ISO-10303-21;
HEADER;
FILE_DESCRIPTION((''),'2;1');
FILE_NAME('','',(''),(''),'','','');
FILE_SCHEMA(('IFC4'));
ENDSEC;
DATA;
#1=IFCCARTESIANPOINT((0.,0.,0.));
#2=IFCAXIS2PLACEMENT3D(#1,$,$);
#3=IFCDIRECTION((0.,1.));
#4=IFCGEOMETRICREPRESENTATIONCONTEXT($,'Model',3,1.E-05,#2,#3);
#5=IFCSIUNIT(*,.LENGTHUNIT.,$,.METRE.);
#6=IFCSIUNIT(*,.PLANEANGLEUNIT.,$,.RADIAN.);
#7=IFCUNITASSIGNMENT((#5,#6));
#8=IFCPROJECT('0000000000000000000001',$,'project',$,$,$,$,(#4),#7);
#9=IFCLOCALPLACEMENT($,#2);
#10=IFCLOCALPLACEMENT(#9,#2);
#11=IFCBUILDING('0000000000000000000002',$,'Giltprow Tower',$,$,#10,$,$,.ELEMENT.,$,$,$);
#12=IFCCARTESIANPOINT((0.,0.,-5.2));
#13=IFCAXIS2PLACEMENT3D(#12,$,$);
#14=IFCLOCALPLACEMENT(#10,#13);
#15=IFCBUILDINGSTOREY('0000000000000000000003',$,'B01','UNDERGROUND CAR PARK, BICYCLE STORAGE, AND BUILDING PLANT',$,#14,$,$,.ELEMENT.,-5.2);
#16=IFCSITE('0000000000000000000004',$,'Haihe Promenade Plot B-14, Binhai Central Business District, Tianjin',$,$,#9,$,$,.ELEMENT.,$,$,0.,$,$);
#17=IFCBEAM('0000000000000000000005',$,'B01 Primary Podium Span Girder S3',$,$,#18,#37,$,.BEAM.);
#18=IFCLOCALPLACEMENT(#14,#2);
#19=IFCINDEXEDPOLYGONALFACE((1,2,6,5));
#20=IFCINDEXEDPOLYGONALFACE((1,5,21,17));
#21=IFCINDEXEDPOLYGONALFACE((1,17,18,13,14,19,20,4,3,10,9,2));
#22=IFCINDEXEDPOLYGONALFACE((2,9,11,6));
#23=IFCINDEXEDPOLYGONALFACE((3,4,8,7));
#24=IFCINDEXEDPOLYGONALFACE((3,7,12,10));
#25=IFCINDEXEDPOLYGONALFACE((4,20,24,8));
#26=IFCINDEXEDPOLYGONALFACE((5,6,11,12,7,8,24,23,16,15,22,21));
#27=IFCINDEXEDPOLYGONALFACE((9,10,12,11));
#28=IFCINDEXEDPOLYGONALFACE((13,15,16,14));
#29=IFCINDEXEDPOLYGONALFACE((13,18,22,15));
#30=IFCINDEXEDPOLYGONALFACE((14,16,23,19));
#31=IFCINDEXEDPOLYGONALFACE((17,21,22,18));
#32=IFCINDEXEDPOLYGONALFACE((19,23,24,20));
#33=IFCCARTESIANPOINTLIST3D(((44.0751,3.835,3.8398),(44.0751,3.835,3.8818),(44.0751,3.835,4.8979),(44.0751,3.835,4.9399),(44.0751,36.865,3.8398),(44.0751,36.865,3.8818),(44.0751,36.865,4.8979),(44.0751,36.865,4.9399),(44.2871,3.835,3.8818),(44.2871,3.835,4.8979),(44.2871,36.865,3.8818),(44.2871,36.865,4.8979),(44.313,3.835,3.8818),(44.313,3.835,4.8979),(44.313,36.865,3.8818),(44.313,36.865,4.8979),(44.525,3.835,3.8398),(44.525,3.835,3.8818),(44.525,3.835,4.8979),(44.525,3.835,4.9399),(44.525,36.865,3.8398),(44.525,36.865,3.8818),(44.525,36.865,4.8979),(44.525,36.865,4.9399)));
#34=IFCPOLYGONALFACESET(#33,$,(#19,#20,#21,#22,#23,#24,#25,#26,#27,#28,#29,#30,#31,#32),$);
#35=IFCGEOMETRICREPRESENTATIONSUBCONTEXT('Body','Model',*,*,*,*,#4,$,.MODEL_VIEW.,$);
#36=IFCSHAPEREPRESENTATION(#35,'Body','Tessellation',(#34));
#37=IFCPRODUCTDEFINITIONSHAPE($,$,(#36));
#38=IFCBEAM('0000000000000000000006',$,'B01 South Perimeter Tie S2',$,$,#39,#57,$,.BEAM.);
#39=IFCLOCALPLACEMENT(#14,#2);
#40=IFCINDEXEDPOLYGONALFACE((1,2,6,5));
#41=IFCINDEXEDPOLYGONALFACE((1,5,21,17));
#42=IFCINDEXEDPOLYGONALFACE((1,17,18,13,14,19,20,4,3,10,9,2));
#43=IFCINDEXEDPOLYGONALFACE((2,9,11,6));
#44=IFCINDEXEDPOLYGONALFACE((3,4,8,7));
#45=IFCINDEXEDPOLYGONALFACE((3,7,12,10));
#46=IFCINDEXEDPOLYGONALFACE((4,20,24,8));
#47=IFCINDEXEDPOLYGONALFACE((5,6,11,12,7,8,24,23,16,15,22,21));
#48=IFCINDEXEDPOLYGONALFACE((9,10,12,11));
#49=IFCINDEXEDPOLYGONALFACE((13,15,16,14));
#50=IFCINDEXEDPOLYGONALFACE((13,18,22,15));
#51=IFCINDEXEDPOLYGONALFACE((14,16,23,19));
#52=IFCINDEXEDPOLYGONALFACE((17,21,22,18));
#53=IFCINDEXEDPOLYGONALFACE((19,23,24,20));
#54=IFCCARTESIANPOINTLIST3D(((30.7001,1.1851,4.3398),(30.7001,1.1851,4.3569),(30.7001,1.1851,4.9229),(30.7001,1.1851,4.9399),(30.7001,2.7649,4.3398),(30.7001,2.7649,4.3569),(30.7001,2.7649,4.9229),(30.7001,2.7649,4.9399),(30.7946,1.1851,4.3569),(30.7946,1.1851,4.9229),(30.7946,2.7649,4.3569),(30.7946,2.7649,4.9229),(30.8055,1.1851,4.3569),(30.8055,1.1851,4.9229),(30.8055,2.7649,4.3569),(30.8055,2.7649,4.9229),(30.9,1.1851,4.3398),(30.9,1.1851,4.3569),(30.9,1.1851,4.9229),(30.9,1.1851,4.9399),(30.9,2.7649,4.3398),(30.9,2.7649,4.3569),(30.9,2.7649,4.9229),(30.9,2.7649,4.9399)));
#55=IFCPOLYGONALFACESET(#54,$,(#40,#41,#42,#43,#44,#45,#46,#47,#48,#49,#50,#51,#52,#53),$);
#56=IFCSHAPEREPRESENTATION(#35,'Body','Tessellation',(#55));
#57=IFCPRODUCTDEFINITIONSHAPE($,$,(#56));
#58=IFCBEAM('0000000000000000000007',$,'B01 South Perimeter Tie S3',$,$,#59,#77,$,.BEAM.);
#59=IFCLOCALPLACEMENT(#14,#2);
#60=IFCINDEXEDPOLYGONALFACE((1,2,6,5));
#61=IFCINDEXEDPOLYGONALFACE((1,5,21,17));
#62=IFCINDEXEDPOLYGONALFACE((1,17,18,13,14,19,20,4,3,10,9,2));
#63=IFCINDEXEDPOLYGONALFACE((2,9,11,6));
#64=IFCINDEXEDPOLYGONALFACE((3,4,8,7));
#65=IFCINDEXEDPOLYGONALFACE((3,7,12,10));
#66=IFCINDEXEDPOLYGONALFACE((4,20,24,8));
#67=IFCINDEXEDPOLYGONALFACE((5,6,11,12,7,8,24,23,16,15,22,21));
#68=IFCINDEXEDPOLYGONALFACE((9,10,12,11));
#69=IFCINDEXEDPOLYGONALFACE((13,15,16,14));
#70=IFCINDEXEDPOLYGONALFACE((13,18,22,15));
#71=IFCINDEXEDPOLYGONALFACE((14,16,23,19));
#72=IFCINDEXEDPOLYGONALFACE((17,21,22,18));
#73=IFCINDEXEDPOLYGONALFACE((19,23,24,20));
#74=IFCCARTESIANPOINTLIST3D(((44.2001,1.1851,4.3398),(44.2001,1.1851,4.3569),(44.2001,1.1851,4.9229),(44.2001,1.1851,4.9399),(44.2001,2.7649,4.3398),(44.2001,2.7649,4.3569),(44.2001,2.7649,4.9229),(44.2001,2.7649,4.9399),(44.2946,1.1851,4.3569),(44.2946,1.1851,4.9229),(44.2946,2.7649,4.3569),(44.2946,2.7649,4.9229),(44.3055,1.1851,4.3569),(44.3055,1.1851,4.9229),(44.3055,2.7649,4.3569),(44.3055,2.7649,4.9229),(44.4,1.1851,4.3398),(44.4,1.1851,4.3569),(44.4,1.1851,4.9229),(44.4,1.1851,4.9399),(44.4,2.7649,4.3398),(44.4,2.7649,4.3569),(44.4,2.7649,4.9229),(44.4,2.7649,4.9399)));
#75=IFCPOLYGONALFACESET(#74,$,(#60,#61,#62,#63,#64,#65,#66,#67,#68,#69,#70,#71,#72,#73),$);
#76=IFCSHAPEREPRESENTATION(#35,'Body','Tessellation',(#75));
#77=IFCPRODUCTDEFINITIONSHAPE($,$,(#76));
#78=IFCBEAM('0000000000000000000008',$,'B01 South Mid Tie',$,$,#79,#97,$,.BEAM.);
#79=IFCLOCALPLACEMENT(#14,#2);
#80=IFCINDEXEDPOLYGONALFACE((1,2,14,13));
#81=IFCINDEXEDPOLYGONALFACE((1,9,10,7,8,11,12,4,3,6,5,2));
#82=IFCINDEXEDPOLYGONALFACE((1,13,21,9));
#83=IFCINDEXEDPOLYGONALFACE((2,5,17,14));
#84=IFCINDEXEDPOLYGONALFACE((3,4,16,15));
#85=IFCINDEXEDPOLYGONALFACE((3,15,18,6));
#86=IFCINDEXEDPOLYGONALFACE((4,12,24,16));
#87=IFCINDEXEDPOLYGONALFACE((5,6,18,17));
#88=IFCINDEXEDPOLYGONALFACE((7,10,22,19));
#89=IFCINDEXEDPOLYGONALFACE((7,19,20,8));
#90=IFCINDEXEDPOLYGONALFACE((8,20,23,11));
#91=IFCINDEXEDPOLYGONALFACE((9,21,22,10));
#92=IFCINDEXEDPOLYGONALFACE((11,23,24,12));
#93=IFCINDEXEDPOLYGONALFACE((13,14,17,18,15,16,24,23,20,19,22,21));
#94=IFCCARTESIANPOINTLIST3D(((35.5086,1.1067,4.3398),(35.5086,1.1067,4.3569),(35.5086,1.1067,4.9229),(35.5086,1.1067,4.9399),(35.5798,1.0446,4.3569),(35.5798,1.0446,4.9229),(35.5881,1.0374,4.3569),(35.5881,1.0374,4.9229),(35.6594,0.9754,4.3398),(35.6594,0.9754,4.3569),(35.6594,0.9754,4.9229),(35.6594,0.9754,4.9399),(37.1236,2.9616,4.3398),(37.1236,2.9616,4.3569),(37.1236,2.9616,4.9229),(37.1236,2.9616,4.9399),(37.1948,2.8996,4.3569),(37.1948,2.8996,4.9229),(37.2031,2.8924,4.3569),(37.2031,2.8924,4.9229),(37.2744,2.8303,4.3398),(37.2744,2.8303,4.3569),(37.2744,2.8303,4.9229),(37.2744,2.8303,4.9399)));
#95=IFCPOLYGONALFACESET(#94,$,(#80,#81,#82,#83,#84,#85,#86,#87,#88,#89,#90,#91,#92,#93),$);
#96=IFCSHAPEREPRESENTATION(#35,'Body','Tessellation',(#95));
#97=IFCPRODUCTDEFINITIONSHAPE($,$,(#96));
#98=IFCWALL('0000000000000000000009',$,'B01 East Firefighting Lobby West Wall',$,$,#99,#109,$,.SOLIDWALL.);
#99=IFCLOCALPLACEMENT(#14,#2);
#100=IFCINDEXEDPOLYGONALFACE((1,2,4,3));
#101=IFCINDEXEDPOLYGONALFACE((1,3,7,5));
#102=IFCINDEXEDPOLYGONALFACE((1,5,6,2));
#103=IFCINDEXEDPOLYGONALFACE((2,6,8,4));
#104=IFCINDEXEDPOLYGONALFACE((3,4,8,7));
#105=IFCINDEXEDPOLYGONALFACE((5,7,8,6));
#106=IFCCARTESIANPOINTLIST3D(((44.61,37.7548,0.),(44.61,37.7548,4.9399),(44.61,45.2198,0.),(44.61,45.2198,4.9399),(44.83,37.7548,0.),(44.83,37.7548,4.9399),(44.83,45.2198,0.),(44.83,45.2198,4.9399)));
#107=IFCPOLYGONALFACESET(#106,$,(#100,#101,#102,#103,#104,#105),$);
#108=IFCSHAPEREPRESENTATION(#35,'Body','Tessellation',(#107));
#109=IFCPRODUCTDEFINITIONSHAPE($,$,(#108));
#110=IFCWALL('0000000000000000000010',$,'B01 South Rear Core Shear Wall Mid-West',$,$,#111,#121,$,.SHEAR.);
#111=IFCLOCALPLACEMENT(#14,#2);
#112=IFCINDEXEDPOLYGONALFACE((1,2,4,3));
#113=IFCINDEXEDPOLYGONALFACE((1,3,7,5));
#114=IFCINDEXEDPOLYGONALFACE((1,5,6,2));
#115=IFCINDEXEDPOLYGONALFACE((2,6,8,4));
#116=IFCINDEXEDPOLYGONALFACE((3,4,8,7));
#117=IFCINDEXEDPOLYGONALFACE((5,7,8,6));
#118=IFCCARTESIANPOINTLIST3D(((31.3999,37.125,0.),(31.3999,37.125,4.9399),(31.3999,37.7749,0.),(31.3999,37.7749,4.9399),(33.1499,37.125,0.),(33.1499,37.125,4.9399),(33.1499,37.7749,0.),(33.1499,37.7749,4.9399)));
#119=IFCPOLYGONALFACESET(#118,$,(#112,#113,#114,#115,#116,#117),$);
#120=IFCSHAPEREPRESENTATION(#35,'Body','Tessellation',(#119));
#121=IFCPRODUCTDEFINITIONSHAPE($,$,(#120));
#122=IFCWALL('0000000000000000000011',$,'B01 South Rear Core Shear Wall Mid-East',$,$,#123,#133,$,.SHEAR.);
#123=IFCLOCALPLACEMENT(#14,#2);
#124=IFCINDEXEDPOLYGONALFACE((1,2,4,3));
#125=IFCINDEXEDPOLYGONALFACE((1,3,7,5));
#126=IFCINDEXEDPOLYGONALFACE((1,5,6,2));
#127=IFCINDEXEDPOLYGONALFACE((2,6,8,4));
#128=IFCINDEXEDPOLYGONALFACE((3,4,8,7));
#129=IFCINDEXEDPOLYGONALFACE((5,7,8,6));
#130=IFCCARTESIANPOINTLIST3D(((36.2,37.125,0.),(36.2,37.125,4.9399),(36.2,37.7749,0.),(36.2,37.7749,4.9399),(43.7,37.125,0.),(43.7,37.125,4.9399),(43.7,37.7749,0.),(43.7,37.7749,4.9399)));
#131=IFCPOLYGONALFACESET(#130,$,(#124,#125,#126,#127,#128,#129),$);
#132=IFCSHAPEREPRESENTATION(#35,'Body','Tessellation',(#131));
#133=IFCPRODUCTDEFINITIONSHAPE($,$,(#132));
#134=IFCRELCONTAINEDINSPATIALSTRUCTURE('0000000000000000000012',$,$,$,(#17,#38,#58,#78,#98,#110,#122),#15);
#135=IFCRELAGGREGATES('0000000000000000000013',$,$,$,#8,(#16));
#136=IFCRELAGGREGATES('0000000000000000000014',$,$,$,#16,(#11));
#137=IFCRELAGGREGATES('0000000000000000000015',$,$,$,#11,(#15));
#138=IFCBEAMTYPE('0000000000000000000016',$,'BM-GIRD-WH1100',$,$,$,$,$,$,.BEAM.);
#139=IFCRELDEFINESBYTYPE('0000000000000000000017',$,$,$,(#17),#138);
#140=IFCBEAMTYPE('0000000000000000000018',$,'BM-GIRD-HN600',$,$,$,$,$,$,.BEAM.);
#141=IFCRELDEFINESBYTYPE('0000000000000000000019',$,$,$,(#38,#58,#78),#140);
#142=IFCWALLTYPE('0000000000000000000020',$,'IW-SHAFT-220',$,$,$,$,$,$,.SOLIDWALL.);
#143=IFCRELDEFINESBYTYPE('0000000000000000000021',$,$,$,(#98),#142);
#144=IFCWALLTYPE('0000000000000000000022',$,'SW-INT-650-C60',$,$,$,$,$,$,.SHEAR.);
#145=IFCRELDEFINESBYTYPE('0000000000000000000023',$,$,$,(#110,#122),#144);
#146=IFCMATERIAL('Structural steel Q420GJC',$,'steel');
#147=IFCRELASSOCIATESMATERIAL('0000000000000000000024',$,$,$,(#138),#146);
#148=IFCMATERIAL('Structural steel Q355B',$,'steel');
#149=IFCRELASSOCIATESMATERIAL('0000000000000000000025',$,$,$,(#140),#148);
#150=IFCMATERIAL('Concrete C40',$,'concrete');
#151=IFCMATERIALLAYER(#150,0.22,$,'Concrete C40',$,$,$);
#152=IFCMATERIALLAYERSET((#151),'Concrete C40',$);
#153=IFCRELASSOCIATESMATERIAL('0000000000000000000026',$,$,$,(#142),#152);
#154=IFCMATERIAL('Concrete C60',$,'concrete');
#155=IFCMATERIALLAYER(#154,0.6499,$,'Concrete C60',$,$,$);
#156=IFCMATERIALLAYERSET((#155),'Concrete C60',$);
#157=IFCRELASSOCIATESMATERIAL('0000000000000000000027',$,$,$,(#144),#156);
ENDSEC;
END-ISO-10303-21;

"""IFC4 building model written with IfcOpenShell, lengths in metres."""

from ifc_helpers import new_model, si_unit, direction, frame, frame_2d, origin, origin_2d, place, context, subcontext, project, spatial, rectangle, i_section, extrude, source, transform, mapped, material, layer, layer_set, material_profile, profile_set, type_object, element, save


model = new_model("IFC4")

# Units and contexts
model_context = context("Model", 3, precision=1e-05, world=origin(), true_north=direction((0.0, 1.0)))
body_context = subcontext(model_context, "Body", "Model", "MODEL_VIEW")
ifc_project = project(units=[si_unit("LENGTHUNIT", "METRE"), si_unit("PLANEANGLEUNIT", "RADIAN")], contexts=[model_context])

# Site, building, storey
site_placement = place(None, origin())
site = spatial("IfcSite", under=ifc_project, at=site_placement, Name="Haihe Promenade Plot B-14, Binhai Central Business District, Tianjin", CompositionType="ELEMENT", RefElevation=0.0)
building_placement = place(site_placement, origin())
building = spatial("IfcBuilding", under=site, at=building_placement, Name="Giltprow Tower", CompositionType="ELEMENT")
storey_placement = place(building_placement, frame((0.0, 0.0, -5.2)))
storey = spatial("IfcBuildingStorey", under=building, at=storey_placement, Name="B01", Description="UNDERGROUND CAR PARK, BICYCLE STORAGE, AND BUILDING PLANT", CompositionType="ELEMENT", Elevation=-5.2)

# Shared definitions
ifc_material_1 = material(Name="Concrete C60", Category="concrete")
ifc_material_2 = material(Name="Structural steel Q420GJC", Category="steel")

# Beams
ifc_material_3 = material(Name="Structural steel Q355B", Category="steel")
ifc_material_profile_1 = material_profile(ifc_material_2, i_section(OverallWidth=0.45, OverallDepth=1.1001, WebThickness=0.0259, FlangeThickness=0.042, at=origin_2d()), Name="WH 1100x450x26x42")
ifc_profile_set_1 = profile_set([ifc_material_profile_1], Name="Structural steel Q420GJC")
beam_type_1 = type_object("IfcBeamType", Name="BM-GIRD-WH1100", PredefinedType="BEAM", material=ifc_profile_set_1)
shared_shape_1 = source(origin(), body_context, "Body", "SweptSolid", [
    extrude(i_section(OverallWidth=0.45, OverallDepth=1.1001, WebThickness=0.0259, FlangeThickness=0.042, at=origin_2d()), origin(), (0.0, 0.0, 1.0), 33.03),
])
for number, where, z_axis, x_axis, name in (
    (1, (44.3, 3.835, 4.3899), (0.0, 1.0, 0.0), (-1.0, 0.0, 0.0), "B01 Primary Podium Span Girder S3"),
):
    element("IfcBeam", number, at=place(storey_placement, frame(where, z_axis=z_axis, x_axis=x_axis)), inside=storey, type_object=beam_type_1, Name=name, PredefinedType="BEAM", context=body_context, shape_type="MappedRepresentation", body=[
        mapped(shared_shape_1, transform((0.0, 0.0, 0.0), x_axis=(1.0, 0.0, 0.0), y_axis=(0.0, 1.0, 0.0), z_axis=(0.0, 0.0, 1.0), scale=1.0)),
    ])
ifc_material_profile_2 = material_profile(ifc_material_3, i_section(OverallWidth=0.2, OverallDepth=0.6001, WebThickness=0.011, FlangeThickness=0.0171, at=origin_2d()), Name="HN 600x200x11x17")
ifc_profile_set_2 = profile_set([ifc_material_profile_2], Name="Structural steel Q355B")
beam_type_2 = type_object("IfcBeamType", Name="BM-GIRD-HN600", PredefinedType="BEAM", material=ifc_profile_set_2)
shared_shape_2 = source(origin(), body_context, "Body", "SweptSolid", [
    extrude(i_section(OverallWidth=0.2, OverallDepth=0.6001, WebThickness=0.011, FlangeThickness=0.0171, at=origin_2d()), origin(), (0.0, 0.0, 1.0), 1.5798),
])
for number, where, z_axis, x_axis, name in (
    (2, (30.8, 1.1851, 4.6399), (0.0, 1.0, 0.0), (-1.0, 0.0, 0.0), "B01 South Perimeter Tie S2"),
    (3, (44.3, 1.1851, 4.6399), (0.0, 1.0, 0.0), (-1.0, 0.0, 0.0), "B01 South Perimeter Tie S3"),
):
    element("IfcBeam", number, at=place(storey_placement, frame(where, z_axis=z_axis, x_axis=x_axis)), inside=storey, type_object=beam_type_2, Name=name, PredefinedType="BEAM", context=body_context, shape_type="MappedRepresentation", body=[
        mapped(shared_shape_2, transform((0.0, 0.0, 0.0), x_axis=(1.0, 0.0, 0.0), y_axis=(0.0, 1.0, 0.0), z_axis=(0.0, 0.0, 1.0), scale=1.0)),
    ])
shared_shape_3 = source(origin(), body_context, "Body", "SweptSolid", [
    extrude(i_section(OverallWidth=0.2, OverallDepth=0.6001, WebThickness=0.011, FlangeThickness=0.0171, at=origin_2d()), origin(), (0.0, 0.0, 1.0), 2.4595),
])
beam_1_placement = place(storey_placement, frame((35.584, 1.041, 4.6399), z_axis=(0.656633, 0.75421, 0.0), x_axis=(-0.75421, 0.656633, 0.0)))
element("IfcBeam", 4, at=beam_1_placement, inside=storey, type_object=beam_type_2, Name="B01 South Mid Tie", PredefinedType="BEAM", context=body_context, shape_type="MappedRepresentation", body=[
    mapped(shared_shape_3, transform((0.0, 0.0, 0.0), x_axis=(1.0, 0.0, 0.0), y_axis=(0.0, 1.0, 0.0), z_axis=(0.0, 0.0, 1.0), scale=1.0)),
])

# Walls
ifc_material_4 = material(Name="Concrete C40", Category="concrete")
ifc_layer_1 = layer(ifc_material_4, 0.22, Name="Concrete C40")
ifc_layer_set_1 = layer_set([ifc_layer_1], Name="Concrete C40")
wall_type_1 = type_object("IfcWallType", Name="IW-SHAFT-220", PredefinedType="SOLIDWALL", material=ifc_layer_set_1)
wall_1_placement = place(storey_placement, frame((44.72, 37.7549, 0.0), z_axis=(0.0, 0.0, 1.0), x_axis=(0.0, 1.0, 0.0)))
element("IfcWall", 5, at=wall_1_placement, inside=storey, type_object=wall_type_1, Name="B01 East Firefighting Lobby West Wall", PredefinedType="SOLIDWALL", context=body_context, shape_type="SweptSolid", body=[
    extrude(rectangle(XDim=7.4651, YDim=0.22, at=frame_2d((3.7324, 0.0))), origin(), (0.0, 0.0, 1.0), 4.9399),
])
ifc_layer_2 = layer(ifc_material_1, 0.6499, Name="Concrete C60")
ifc_layer_set_2 = layer_set([ifc_layer_2], Name="Concrete C60")
wall_type_2 = type_object("IfcWallType", Name="SW-INT-650-C60", PredefinedType="SHEAR", material=ifc_layer_set_2)
wall_2_placement = place(storey_placement, frame((31.3999, 37.45, 0.0), z_axis=(0.0, 0.0, 1.0), x_axis=(1.0, 0.0, 0.0)))
element("IfcWall", 6, at=wall_2_placement, inside=storey, type_object=wall_type_2, Name="B01 South Rear Core Shear Wall Mid-West", PredefinedType="SHEAR", context=body_context, shape_type="SweptSolid", body=[
    extrude(rectangle(XDim=1.75, YDim=0.6499, at=frame_2d((0.875, 0.0))), origin(), (0.0, 0.0, 1.0), 4.9399),
])
wall_3_placement = place(storey_placement, frame((36.2, 37.45, 0.0), z_axis=(0.0, 0.0, 1.0), x_axis=(1.0, 0.0, 0.0)))
element("IfcWall", 7, at=wall_3_placement, inside=storey, type_object=wall_type_2, Name="B01 South Rear Core Shear Wall Mid-East", PredefinedType="SHEAR", context=body_context, shape_type="SweptSolid", body=[
    extrude(rectangle(XDim=7.5, YDim=0.6499, at=frame_2d((3.75, 0.0))), origin(), (0.0, 0.0, 1.0), 4.9399),
])

save(model, "model.ifc")
